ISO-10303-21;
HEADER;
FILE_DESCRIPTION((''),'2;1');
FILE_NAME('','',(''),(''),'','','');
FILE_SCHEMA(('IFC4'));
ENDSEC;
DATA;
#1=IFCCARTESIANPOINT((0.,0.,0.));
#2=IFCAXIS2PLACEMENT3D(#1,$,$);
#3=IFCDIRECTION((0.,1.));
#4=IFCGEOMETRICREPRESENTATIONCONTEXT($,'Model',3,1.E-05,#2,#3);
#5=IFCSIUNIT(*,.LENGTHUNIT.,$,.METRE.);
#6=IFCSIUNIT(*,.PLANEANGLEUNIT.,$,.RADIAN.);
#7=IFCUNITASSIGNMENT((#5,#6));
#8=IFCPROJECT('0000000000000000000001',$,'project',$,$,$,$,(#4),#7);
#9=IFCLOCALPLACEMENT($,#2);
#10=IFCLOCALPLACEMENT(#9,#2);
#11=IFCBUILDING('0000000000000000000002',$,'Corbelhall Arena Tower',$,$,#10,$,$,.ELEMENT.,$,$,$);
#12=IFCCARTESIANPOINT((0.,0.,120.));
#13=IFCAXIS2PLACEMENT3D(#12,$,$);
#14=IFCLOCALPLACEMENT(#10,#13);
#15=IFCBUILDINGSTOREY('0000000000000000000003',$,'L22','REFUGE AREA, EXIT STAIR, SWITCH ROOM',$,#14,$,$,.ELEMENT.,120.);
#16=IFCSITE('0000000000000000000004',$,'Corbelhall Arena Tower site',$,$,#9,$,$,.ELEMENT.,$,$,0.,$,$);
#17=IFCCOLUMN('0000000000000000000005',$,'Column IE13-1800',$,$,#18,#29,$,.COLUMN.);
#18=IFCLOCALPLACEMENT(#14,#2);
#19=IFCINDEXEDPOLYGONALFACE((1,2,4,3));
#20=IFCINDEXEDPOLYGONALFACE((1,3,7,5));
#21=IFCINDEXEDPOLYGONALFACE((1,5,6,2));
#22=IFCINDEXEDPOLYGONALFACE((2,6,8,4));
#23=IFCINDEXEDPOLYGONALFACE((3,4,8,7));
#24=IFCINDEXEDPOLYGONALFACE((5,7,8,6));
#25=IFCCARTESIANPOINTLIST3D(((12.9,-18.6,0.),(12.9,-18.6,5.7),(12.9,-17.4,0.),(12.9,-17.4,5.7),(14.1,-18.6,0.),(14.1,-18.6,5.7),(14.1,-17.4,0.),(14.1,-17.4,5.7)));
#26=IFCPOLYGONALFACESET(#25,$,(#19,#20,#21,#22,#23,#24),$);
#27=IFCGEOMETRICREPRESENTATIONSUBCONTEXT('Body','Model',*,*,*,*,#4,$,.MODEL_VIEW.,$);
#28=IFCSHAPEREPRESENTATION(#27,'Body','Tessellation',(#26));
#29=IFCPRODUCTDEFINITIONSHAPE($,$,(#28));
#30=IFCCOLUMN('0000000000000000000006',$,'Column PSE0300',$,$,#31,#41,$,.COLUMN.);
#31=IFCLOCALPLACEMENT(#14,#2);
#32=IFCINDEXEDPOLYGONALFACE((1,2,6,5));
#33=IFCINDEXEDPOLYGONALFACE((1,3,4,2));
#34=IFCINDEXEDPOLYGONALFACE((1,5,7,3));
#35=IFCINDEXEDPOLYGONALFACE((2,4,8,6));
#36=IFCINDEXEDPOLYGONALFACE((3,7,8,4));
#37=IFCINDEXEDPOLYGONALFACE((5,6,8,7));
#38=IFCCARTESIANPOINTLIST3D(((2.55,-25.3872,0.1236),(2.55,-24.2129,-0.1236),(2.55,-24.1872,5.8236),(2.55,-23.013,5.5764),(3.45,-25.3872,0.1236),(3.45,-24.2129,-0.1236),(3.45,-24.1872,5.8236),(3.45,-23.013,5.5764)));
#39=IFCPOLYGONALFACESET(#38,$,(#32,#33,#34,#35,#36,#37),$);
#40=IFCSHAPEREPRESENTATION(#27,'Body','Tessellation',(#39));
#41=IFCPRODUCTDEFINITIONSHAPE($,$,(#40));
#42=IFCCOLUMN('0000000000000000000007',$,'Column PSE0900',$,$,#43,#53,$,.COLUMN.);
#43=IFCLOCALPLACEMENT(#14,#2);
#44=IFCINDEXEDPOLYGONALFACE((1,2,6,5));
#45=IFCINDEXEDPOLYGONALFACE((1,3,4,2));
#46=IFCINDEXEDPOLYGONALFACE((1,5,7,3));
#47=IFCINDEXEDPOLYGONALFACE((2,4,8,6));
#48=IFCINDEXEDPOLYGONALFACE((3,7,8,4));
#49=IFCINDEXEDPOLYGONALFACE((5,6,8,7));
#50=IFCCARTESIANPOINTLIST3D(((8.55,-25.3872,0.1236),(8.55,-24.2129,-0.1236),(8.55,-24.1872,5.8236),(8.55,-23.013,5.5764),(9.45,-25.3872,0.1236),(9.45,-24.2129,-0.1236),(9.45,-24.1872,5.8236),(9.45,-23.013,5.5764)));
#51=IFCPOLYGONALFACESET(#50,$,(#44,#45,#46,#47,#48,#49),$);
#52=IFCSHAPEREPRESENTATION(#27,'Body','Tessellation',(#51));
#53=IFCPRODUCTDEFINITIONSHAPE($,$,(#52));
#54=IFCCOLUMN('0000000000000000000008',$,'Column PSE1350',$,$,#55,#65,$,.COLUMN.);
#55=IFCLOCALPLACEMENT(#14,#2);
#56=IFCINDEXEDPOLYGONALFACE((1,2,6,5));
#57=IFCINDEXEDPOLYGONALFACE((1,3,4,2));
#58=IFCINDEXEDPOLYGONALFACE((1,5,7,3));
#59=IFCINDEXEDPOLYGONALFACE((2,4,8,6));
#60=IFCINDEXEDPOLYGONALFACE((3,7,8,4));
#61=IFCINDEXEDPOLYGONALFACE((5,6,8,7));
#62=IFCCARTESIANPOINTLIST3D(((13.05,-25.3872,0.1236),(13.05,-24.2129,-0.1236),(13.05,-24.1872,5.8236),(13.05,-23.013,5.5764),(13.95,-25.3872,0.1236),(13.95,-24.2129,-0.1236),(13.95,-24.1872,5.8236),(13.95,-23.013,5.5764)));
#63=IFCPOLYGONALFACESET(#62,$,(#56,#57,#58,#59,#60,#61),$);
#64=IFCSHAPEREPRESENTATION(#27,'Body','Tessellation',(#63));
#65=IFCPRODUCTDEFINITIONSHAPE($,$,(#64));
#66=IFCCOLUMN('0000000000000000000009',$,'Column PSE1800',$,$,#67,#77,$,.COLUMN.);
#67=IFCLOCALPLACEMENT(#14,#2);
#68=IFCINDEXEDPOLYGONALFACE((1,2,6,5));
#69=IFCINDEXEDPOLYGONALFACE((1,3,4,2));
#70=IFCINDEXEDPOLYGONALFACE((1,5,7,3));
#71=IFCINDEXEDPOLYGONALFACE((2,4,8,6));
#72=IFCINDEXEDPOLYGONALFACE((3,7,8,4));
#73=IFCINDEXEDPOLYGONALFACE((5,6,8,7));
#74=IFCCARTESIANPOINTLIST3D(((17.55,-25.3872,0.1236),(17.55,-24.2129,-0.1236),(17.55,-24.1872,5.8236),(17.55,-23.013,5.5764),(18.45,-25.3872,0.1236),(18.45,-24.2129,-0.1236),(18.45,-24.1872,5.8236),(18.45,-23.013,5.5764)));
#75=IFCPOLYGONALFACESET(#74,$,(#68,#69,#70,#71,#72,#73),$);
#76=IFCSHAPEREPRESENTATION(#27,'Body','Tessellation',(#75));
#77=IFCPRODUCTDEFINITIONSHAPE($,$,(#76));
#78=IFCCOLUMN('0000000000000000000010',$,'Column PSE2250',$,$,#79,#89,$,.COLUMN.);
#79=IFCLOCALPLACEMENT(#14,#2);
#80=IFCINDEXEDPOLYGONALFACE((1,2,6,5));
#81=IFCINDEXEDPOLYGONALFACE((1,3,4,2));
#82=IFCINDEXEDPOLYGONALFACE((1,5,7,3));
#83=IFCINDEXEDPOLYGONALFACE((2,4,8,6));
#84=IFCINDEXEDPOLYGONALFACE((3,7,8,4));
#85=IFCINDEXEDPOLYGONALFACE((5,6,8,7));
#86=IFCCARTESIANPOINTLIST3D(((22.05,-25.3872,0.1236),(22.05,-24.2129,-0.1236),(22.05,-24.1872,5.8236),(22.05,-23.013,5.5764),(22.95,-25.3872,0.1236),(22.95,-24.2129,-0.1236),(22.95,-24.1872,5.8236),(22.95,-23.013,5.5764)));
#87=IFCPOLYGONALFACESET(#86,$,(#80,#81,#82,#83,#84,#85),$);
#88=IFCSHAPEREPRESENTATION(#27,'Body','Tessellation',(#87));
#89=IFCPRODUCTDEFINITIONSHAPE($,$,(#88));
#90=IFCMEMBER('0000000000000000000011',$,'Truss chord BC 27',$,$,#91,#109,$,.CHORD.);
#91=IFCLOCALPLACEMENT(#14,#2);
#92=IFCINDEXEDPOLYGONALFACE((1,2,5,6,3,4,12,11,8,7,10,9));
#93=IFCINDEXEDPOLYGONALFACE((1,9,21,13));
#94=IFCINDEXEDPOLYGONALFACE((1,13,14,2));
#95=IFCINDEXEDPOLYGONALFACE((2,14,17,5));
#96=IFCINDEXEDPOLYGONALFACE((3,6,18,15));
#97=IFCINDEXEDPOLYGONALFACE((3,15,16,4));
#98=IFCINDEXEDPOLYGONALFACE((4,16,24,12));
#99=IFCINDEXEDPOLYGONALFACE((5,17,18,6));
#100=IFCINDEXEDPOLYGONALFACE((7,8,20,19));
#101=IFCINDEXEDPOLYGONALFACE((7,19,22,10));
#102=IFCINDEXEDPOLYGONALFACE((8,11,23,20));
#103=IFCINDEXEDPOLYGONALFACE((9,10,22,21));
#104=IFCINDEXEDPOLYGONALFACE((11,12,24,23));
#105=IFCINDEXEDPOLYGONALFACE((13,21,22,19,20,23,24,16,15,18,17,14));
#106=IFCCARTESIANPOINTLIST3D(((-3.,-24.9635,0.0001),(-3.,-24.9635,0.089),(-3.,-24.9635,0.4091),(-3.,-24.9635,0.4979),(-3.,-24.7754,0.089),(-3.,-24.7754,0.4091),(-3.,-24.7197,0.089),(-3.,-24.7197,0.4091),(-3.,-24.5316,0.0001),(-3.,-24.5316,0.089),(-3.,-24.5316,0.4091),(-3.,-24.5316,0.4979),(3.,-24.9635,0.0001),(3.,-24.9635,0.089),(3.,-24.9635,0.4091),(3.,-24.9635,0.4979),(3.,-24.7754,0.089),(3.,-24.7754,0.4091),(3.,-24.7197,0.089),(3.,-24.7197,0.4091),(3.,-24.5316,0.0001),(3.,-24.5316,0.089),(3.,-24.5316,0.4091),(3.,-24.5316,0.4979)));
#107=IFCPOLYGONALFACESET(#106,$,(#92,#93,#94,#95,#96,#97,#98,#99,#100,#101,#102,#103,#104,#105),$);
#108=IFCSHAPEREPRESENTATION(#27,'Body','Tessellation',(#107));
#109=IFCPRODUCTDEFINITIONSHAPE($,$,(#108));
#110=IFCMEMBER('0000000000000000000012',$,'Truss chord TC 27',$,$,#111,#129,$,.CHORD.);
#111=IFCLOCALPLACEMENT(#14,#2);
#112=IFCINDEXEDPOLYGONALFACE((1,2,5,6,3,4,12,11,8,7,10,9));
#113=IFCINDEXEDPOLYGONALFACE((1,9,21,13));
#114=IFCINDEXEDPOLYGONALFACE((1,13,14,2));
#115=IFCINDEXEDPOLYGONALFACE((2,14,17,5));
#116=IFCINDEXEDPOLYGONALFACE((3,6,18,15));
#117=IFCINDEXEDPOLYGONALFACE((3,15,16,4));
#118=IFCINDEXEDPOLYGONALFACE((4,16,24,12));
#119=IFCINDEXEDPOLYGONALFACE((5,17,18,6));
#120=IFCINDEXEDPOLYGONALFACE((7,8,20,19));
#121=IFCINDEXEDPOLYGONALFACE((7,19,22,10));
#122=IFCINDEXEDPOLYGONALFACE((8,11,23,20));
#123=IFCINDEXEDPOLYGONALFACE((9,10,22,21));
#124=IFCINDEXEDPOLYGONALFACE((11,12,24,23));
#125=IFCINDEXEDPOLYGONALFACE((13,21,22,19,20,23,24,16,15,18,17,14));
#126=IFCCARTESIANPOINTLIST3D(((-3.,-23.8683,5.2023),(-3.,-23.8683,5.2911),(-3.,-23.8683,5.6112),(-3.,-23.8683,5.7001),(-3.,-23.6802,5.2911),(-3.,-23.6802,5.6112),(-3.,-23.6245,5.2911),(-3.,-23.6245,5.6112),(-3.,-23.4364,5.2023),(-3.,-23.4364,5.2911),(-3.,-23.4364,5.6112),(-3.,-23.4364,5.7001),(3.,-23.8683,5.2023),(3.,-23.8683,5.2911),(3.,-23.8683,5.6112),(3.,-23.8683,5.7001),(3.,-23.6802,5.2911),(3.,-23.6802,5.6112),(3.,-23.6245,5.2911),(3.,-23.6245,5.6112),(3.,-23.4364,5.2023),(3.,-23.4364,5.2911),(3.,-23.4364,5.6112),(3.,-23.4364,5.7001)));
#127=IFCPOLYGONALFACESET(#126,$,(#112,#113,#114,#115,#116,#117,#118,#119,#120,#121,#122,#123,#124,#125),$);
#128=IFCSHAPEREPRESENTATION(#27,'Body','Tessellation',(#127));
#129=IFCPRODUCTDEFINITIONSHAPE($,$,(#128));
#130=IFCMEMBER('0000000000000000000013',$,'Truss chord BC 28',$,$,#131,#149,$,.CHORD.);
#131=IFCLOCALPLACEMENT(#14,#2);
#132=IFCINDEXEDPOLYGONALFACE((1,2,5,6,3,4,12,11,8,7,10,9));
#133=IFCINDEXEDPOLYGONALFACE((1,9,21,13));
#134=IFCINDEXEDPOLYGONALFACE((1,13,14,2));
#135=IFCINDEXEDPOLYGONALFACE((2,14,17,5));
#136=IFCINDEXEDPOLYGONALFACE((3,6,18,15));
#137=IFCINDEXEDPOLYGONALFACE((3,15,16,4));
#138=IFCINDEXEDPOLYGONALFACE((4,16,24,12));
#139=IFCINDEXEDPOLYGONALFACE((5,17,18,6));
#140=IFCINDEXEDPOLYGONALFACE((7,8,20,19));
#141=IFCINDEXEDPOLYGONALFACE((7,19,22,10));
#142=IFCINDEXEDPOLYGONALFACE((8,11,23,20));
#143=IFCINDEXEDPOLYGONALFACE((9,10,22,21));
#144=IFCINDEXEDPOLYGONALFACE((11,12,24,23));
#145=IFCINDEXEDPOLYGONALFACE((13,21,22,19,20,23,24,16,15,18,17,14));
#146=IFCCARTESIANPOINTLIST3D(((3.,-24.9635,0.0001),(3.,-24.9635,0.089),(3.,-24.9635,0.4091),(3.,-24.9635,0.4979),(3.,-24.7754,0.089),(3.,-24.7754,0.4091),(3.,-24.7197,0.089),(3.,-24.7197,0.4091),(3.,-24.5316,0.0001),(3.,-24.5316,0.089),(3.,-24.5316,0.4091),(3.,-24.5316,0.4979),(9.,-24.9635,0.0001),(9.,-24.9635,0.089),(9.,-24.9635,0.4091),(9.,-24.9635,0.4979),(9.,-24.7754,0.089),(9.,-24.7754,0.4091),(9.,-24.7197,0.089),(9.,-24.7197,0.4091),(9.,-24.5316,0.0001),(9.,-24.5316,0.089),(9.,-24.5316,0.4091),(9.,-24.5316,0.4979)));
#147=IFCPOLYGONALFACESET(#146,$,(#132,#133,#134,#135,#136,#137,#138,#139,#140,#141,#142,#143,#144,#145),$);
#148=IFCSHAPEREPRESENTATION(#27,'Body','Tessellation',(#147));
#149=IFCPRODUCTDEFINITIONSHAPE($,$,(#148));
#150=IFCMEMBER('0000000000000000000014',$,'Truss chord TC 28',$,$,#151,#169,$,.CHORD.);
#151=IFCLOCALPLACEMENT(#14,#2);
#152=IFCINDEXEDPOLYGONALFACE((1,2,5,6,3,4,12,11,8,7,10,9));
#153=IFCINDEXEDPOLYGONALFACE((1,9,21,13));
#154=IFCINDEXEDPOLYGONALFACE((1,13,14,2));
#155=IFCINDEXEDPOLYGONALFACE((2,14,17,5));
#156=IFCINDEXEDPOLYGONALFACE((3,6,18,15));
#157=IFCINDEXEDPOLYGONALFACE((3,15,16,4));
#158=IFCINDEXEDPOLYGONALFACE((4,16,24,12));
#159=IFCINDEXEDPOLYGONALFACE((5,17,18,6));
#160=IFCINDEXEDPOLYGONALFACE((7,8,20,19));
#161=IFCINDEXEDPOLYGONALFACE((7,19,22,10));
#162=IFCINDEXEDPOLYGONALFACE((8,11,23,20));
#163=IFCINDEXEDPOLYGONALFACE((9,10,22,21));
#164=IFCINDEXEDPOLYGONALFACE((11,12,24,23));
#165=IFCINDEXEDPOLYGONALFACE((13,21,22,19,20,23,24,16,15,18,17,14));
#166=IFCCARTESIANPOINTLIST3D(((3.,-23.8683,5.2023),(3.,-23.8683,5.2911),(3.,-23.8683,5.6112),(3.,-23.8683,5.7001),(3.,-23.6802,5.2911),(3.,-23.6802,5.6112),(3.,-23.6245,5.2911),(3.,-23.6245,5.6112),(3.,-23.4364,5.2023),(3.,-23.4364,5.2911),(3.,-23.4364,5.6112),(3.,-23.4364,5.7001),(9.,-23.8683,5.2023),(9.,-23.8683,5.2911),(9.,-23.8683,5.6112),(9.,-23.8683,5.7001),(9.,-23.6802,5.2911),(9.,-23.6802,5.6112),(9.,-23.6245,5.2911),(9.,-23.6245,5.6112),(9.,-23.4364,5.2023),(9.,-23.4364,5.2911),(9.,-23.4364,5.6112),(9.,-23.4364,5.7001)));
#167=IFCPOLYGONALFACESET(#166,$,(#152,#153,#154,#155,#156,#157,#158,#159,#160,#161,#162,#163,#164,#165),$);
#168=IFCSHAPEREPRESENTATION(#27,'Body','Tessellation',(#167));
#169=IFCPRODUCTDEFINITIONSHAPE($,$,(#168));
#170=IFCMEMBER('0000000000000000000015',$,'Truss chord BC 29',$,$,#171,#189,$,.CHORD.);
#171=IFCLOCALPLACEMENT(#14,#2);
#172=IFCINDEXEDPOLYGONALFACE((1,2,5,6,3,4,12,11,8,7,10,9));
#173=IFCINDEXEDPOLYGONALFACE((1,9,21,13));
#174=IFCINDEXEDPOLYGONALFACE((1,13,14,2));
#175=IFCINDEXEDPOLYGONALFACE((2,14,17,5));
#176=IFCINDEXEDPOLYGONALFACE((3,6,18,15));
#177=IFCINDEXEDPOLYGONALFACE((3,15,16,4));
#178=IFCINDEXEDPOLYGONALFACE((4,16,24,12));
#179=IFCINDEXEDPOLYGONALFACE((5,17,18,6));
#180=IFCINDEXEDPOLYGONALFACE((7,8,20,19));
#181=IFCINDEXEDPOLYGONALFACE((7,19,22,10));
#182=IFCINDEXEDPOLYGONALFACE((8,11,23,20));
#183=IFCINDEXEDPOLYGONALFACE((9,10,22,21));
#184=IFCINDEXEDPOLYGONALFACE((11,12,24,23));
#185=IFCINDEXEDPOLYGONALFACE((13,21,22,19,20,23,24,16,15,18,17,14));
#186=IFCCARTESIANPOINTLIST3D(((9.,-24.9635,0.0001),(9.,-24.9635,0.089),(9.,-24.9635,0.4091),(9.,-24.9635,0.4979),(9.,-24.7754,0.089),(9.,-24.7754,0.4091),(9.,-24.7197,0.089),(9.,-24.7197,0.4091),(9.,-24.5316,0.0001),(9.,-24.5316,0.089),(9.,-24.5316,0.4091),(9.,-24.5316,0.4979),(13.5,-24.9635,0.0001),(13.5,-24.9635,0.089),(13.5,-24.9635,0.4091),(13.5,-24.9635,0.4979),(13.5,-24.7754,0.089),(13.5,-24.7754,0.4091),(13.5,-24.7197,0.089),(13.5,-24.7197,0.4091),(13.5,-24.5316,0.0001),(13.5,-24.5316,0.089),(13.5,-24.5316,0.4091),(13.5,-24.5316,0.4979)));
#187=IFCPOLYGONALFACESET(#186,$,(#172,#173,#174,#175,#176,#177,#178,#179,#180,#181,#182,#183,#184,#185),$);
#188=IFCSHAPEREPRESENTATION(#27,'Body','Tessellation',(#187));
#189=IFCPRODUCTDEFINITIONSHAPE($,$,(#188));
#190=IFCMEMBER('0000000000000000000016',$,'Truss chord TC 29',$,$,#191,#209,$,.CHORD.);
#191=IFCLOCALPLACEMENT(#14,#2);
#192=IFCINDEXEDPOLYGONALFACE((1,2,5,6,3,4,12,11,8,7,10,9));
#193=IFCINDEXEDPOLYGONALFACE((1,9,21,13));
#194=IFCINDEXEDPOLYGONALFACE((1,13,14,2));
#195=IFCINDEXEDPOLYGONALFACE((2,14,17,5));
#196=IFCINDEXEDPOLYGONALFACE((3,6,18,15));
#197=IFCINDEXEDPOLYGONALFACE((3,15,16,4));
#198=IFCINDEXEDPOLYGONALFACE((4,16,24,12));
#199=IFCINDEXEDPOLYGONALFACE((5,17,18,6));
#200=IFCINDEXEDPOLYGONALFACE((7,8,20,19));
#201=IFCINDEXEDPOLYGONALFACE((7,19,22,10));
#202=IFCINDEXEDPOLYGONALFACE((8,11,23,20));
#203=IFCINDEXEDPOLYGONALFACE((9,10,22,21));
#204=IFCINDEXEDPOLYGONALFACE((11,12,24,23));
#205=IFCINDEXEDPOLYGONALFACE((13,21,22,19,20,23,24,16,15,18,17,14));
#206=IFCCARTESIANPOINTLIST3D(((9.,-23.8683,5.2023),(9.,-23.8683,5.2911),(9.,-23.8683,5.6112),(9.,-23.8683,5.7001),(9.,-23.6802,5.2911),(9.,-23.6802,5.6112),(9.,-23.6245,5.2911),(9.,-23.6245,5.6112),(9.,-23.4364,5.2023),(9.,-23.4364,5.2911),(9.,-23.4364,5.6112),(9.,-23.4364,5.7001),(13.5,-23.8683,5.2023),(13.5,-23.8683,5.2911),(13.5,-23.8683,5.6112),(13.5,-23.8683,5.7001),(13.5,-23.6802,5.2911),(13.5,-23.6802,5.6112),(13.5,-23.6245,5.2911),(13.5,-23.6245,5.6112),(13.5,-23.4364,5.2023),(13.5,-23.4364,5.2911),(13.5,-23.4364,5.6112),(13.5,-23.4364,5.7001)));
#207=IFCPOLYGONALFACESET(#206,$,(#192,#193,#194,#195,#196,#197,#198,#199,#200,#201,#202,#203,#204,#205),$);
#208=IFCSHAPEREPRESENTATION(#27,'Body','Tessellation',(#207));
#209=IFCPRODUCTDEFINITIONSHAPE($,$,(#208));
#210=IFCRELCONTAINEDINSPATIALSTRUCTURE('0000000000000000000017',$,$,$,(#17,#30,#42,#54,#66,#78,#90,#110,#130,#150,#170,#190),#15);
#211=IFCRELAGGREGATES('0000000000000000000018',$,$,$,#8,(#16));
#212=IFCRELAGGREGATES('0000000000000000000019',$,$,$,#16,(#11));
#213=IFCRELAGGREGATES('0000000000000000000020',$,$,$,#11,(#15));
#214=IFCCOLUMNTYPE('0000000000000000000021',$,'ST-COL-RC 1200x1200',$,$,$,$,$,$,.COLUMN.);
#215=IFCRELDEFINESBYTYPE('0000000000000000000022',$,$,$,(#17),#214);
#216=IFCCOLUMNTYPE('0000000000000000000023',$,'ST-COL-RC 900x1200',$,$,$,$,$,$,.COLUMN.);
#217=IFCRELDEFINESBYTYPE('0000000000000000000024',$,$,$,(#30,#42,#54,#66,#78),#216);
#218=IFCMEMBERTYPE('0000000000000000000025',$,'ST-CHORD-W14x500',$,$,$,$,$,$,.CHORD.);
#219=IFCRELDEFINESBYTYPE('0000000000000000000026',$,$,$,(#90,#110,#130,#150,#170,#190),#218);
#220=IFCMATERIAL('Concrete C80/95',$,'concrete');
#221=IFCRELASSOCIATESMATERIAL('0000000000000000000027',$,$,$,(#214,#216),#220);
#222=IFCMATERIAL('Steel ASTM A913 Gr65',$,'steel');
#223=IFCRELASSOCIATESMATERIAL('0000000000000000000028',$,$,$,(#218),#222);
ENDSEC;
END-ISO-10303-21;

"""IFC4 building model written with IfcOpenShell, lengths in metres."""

from ifc_helpers import new_model, si_unit, direction, frame, origin, origin_2d, place, context, subcontext, project, spatial, rectangle, i_section, extrude, material, material_profile, profile_set, type_object, element, save


model = new_model("IFC4")

# Units and contexts
model_context = context("Model", 3, precision=1e-05, world=origin(), true_north=direction((0.0, 1.0)))
body_context = subcontext(model_context, "Body", "Model", "MODEL_VIEW")
ifc_project = project(units=[si_unit("LENGTHUNIT", "METRE"), si_unit("PLANEANGLEUNIT", "RADIAN")], contexts=[model_context])

# Site, building, storey
site_placement = place(None, origin())
site = spatial("IfcSite", under=ifc_project, at=site_placement, Name="Corbelhall Arena Tower site", CompositionType="ELEMENT", RefElevation=0.0)
building_placement = place(site_placement, origin())
building = spatial("IfcBuilding", under=site, at=building_placement, Name="Corbelhall Arena Tower", CompositionType="ELEMENT")
storey_placement = place(building_placement, frame((0.0, 0.0, 120.0)))
storey = spatial("IfcBuildingStorey", under=building, at=storey_placement, Name="L22", Description="REFUGE AREA, EXIT STAIR, SWITCH ROOM", CompositionType="ELEMENT", Elevation=120.0)

# Columns
ifc_material_1 = material(Name="Concrete C80/95", Category="concrete")
ifc_material_profile_1 = material_profile(ifc_material_1, rectangle(XDim=1.2, YDim=1.2, at=origin_2d()))
ifc_profile_set_1 = profile_set([ifc_material_profile_1], Name="Concrete C80/95")
column_type_1 = type_object("IfcColumnType", Name="ST-COL-RC 1200x1200", PredefinedType="COLUMN", material=ifc_profile_set_1)
column_placement = place(storey_placement, frame((13.5, -18.0, 0.0), z_axis=(0.0, 0.0, 1.0), x_axis=(1.0, 0.0, 0.0)))
element("IfcColumn", 1, at=column_placement, inside=storey, type_object=column_type_1, Name="Column IE13-1800", PredefinedType="COLUMN", context=body_context, shape_type="SweptSolid", body=[
    extrude(rectangle(XDim=1.2, YDim=1.2, at=origin_2d()), origin(), (0.0, 0.0, 1.0), 5.7),
])
ifc_material_profile_2 = material_profile(ifc_material_1, rectangle(XDim=0.8999, YDim=1.2, at=origin_2d()))
ifc_profile_set_2 = profile_set([ifc_material_profile_2], Name="Concrete C80/95")
column_type_2 = type_object("IfcColumnType", Name="ST-COL-RC 900x1200", PredefinedType="COLUMN", material=ifc_profile_set_2)
for number, where, z_axis, x_axis, name in (
    (2, (3.0, -24.8, 0.0), (0.0, 0.206004, 0.978551), (-1.0, 0.0, 0.0), "Column PSE0300"),
    (3, (9.0, -24.8, 0.0), (0.0, 0.206004, 0.978551), (-1.0, 0.0, 0.0), "Column PSE0900"),
    (4, (13.5, -24.8, 0.0), (0.0, 0.206004, 0.978551), (-1.0, 0.0, 0.0), "Column PSE1350"),
    (5, (18.0, -24.8, 0.0), (0.0, 0.206004, 0.978551), (-1.0, 0.0, 0.0), "Column PSE1800"),
    (6, (22.5, -24.8, 0.0), (0.0, 0.206004, 0.978551), (-1.0, 0.0, 0.0), "Column PSE2250"),
):
    element("IfcColumn", number, at=place(storey_placement, frame(where, z_axis=z_axis, x_axis=x_axis)), inside=storey, type_object=column_type_2, Name=name, PredefinedType="COLUMN", context=body_context, shape_type="SweptSolid", body=[
        extrude(rectangle(XDim=0.8999, YDim=1.2, at=origin_2d()), origin(), (0.0, 0.0, 1.0), 5.825),
    ])

# Members
ifc_material_2 = material(Name="Steel ASTM A913 Gr65", Category="steel")
ifc_material_profile_3 = material_profile(ifc_material_2, i_section(OverallWidth=0.4319, OverallDepth=0.4978, WebThickness=0.0557, FlangeThickness=0.0889, at=origin_2d()))
ifc_profile_set_3 = profile_set([ifc_material_profile_3], Name="Steel ASTM A913 Gr65")
member_type_1 = type_object("IfcMemberType", Name="ST-CHORD-W14x500", PredefinedType="CHORD", material=ifc_profile_set_3)
for number, where, z_axis, x_axis, name in (
    (7, (3.0, -24.7476, 0.249), (-1.0, 0.0, 0.0), (0.0, -1.0, 0.0), "Truss chord BC 27"),
    (8, (3.0, -23.6523, 5.4512), (-1.0, 0.0, 0.0), (0.0, -1.0, 0.0), "Truss chord TC 27"),
    (9, (9.0, -24.7476, 0.249), (-1.0, 0.0, 0.0), (0.0, -1.0, 0.0), "Truss chord BC 28"),
    (10, (9.0, -23.6523, 5.4512), (-1.0, 0.0, 0.0), (0.0, -1.0, 0.0), "Truss chord TC 28"),
):
    element("IfcMember", number, at=place(storey_placement, frame(where, z_axis=z_axis, x_axis=x_axis)), inside=storey, type_object=member_type_1, Name=name, PredefinedType="CHORD", context=body_context, shape_type="SweptSolid", body=[
        extrude(i_section(OverallWidth=0.4319, OverallDepth=0.4978, WebThickness=0.0557, FlangeThickness=0.0889, at=origin_2d()), origin(), (0.0, 0.0, 1.0), 6.0),
    ])
for number, where, z_axis, x_axis, name in (
    (11, (13.5, -24.7476, 0.249), (-1.0, 0.0, 0.0), (0.0, -1.0, 0.0), "Truss chord BC 29"),
    (12, (13.5, -23.6523, 5.4512), (-1.0, 0.0, 0.0), (0.0, -1.0, 0.0), "Truss chord TC 29"),
):
    element("IfcMember", number, at=place(storey_placement, frame(where, z_axis=z_axis, x_axis=x_axis)), inside=storey, type_object=member_type_1, Name=name, PredefinedType="CHORD", context=body_context, shape_type="SweptSolid", body=[
        extrude(i_section(OverallWidth=0.4319, OverallDepth=0.4978, WebThickness=0.0557, FlangeThickness=0.0889, at=origin_2d()), origin(), (0.0, 0.0, 1.0), 4.5),
    ])

save(model, "model.ifc")
